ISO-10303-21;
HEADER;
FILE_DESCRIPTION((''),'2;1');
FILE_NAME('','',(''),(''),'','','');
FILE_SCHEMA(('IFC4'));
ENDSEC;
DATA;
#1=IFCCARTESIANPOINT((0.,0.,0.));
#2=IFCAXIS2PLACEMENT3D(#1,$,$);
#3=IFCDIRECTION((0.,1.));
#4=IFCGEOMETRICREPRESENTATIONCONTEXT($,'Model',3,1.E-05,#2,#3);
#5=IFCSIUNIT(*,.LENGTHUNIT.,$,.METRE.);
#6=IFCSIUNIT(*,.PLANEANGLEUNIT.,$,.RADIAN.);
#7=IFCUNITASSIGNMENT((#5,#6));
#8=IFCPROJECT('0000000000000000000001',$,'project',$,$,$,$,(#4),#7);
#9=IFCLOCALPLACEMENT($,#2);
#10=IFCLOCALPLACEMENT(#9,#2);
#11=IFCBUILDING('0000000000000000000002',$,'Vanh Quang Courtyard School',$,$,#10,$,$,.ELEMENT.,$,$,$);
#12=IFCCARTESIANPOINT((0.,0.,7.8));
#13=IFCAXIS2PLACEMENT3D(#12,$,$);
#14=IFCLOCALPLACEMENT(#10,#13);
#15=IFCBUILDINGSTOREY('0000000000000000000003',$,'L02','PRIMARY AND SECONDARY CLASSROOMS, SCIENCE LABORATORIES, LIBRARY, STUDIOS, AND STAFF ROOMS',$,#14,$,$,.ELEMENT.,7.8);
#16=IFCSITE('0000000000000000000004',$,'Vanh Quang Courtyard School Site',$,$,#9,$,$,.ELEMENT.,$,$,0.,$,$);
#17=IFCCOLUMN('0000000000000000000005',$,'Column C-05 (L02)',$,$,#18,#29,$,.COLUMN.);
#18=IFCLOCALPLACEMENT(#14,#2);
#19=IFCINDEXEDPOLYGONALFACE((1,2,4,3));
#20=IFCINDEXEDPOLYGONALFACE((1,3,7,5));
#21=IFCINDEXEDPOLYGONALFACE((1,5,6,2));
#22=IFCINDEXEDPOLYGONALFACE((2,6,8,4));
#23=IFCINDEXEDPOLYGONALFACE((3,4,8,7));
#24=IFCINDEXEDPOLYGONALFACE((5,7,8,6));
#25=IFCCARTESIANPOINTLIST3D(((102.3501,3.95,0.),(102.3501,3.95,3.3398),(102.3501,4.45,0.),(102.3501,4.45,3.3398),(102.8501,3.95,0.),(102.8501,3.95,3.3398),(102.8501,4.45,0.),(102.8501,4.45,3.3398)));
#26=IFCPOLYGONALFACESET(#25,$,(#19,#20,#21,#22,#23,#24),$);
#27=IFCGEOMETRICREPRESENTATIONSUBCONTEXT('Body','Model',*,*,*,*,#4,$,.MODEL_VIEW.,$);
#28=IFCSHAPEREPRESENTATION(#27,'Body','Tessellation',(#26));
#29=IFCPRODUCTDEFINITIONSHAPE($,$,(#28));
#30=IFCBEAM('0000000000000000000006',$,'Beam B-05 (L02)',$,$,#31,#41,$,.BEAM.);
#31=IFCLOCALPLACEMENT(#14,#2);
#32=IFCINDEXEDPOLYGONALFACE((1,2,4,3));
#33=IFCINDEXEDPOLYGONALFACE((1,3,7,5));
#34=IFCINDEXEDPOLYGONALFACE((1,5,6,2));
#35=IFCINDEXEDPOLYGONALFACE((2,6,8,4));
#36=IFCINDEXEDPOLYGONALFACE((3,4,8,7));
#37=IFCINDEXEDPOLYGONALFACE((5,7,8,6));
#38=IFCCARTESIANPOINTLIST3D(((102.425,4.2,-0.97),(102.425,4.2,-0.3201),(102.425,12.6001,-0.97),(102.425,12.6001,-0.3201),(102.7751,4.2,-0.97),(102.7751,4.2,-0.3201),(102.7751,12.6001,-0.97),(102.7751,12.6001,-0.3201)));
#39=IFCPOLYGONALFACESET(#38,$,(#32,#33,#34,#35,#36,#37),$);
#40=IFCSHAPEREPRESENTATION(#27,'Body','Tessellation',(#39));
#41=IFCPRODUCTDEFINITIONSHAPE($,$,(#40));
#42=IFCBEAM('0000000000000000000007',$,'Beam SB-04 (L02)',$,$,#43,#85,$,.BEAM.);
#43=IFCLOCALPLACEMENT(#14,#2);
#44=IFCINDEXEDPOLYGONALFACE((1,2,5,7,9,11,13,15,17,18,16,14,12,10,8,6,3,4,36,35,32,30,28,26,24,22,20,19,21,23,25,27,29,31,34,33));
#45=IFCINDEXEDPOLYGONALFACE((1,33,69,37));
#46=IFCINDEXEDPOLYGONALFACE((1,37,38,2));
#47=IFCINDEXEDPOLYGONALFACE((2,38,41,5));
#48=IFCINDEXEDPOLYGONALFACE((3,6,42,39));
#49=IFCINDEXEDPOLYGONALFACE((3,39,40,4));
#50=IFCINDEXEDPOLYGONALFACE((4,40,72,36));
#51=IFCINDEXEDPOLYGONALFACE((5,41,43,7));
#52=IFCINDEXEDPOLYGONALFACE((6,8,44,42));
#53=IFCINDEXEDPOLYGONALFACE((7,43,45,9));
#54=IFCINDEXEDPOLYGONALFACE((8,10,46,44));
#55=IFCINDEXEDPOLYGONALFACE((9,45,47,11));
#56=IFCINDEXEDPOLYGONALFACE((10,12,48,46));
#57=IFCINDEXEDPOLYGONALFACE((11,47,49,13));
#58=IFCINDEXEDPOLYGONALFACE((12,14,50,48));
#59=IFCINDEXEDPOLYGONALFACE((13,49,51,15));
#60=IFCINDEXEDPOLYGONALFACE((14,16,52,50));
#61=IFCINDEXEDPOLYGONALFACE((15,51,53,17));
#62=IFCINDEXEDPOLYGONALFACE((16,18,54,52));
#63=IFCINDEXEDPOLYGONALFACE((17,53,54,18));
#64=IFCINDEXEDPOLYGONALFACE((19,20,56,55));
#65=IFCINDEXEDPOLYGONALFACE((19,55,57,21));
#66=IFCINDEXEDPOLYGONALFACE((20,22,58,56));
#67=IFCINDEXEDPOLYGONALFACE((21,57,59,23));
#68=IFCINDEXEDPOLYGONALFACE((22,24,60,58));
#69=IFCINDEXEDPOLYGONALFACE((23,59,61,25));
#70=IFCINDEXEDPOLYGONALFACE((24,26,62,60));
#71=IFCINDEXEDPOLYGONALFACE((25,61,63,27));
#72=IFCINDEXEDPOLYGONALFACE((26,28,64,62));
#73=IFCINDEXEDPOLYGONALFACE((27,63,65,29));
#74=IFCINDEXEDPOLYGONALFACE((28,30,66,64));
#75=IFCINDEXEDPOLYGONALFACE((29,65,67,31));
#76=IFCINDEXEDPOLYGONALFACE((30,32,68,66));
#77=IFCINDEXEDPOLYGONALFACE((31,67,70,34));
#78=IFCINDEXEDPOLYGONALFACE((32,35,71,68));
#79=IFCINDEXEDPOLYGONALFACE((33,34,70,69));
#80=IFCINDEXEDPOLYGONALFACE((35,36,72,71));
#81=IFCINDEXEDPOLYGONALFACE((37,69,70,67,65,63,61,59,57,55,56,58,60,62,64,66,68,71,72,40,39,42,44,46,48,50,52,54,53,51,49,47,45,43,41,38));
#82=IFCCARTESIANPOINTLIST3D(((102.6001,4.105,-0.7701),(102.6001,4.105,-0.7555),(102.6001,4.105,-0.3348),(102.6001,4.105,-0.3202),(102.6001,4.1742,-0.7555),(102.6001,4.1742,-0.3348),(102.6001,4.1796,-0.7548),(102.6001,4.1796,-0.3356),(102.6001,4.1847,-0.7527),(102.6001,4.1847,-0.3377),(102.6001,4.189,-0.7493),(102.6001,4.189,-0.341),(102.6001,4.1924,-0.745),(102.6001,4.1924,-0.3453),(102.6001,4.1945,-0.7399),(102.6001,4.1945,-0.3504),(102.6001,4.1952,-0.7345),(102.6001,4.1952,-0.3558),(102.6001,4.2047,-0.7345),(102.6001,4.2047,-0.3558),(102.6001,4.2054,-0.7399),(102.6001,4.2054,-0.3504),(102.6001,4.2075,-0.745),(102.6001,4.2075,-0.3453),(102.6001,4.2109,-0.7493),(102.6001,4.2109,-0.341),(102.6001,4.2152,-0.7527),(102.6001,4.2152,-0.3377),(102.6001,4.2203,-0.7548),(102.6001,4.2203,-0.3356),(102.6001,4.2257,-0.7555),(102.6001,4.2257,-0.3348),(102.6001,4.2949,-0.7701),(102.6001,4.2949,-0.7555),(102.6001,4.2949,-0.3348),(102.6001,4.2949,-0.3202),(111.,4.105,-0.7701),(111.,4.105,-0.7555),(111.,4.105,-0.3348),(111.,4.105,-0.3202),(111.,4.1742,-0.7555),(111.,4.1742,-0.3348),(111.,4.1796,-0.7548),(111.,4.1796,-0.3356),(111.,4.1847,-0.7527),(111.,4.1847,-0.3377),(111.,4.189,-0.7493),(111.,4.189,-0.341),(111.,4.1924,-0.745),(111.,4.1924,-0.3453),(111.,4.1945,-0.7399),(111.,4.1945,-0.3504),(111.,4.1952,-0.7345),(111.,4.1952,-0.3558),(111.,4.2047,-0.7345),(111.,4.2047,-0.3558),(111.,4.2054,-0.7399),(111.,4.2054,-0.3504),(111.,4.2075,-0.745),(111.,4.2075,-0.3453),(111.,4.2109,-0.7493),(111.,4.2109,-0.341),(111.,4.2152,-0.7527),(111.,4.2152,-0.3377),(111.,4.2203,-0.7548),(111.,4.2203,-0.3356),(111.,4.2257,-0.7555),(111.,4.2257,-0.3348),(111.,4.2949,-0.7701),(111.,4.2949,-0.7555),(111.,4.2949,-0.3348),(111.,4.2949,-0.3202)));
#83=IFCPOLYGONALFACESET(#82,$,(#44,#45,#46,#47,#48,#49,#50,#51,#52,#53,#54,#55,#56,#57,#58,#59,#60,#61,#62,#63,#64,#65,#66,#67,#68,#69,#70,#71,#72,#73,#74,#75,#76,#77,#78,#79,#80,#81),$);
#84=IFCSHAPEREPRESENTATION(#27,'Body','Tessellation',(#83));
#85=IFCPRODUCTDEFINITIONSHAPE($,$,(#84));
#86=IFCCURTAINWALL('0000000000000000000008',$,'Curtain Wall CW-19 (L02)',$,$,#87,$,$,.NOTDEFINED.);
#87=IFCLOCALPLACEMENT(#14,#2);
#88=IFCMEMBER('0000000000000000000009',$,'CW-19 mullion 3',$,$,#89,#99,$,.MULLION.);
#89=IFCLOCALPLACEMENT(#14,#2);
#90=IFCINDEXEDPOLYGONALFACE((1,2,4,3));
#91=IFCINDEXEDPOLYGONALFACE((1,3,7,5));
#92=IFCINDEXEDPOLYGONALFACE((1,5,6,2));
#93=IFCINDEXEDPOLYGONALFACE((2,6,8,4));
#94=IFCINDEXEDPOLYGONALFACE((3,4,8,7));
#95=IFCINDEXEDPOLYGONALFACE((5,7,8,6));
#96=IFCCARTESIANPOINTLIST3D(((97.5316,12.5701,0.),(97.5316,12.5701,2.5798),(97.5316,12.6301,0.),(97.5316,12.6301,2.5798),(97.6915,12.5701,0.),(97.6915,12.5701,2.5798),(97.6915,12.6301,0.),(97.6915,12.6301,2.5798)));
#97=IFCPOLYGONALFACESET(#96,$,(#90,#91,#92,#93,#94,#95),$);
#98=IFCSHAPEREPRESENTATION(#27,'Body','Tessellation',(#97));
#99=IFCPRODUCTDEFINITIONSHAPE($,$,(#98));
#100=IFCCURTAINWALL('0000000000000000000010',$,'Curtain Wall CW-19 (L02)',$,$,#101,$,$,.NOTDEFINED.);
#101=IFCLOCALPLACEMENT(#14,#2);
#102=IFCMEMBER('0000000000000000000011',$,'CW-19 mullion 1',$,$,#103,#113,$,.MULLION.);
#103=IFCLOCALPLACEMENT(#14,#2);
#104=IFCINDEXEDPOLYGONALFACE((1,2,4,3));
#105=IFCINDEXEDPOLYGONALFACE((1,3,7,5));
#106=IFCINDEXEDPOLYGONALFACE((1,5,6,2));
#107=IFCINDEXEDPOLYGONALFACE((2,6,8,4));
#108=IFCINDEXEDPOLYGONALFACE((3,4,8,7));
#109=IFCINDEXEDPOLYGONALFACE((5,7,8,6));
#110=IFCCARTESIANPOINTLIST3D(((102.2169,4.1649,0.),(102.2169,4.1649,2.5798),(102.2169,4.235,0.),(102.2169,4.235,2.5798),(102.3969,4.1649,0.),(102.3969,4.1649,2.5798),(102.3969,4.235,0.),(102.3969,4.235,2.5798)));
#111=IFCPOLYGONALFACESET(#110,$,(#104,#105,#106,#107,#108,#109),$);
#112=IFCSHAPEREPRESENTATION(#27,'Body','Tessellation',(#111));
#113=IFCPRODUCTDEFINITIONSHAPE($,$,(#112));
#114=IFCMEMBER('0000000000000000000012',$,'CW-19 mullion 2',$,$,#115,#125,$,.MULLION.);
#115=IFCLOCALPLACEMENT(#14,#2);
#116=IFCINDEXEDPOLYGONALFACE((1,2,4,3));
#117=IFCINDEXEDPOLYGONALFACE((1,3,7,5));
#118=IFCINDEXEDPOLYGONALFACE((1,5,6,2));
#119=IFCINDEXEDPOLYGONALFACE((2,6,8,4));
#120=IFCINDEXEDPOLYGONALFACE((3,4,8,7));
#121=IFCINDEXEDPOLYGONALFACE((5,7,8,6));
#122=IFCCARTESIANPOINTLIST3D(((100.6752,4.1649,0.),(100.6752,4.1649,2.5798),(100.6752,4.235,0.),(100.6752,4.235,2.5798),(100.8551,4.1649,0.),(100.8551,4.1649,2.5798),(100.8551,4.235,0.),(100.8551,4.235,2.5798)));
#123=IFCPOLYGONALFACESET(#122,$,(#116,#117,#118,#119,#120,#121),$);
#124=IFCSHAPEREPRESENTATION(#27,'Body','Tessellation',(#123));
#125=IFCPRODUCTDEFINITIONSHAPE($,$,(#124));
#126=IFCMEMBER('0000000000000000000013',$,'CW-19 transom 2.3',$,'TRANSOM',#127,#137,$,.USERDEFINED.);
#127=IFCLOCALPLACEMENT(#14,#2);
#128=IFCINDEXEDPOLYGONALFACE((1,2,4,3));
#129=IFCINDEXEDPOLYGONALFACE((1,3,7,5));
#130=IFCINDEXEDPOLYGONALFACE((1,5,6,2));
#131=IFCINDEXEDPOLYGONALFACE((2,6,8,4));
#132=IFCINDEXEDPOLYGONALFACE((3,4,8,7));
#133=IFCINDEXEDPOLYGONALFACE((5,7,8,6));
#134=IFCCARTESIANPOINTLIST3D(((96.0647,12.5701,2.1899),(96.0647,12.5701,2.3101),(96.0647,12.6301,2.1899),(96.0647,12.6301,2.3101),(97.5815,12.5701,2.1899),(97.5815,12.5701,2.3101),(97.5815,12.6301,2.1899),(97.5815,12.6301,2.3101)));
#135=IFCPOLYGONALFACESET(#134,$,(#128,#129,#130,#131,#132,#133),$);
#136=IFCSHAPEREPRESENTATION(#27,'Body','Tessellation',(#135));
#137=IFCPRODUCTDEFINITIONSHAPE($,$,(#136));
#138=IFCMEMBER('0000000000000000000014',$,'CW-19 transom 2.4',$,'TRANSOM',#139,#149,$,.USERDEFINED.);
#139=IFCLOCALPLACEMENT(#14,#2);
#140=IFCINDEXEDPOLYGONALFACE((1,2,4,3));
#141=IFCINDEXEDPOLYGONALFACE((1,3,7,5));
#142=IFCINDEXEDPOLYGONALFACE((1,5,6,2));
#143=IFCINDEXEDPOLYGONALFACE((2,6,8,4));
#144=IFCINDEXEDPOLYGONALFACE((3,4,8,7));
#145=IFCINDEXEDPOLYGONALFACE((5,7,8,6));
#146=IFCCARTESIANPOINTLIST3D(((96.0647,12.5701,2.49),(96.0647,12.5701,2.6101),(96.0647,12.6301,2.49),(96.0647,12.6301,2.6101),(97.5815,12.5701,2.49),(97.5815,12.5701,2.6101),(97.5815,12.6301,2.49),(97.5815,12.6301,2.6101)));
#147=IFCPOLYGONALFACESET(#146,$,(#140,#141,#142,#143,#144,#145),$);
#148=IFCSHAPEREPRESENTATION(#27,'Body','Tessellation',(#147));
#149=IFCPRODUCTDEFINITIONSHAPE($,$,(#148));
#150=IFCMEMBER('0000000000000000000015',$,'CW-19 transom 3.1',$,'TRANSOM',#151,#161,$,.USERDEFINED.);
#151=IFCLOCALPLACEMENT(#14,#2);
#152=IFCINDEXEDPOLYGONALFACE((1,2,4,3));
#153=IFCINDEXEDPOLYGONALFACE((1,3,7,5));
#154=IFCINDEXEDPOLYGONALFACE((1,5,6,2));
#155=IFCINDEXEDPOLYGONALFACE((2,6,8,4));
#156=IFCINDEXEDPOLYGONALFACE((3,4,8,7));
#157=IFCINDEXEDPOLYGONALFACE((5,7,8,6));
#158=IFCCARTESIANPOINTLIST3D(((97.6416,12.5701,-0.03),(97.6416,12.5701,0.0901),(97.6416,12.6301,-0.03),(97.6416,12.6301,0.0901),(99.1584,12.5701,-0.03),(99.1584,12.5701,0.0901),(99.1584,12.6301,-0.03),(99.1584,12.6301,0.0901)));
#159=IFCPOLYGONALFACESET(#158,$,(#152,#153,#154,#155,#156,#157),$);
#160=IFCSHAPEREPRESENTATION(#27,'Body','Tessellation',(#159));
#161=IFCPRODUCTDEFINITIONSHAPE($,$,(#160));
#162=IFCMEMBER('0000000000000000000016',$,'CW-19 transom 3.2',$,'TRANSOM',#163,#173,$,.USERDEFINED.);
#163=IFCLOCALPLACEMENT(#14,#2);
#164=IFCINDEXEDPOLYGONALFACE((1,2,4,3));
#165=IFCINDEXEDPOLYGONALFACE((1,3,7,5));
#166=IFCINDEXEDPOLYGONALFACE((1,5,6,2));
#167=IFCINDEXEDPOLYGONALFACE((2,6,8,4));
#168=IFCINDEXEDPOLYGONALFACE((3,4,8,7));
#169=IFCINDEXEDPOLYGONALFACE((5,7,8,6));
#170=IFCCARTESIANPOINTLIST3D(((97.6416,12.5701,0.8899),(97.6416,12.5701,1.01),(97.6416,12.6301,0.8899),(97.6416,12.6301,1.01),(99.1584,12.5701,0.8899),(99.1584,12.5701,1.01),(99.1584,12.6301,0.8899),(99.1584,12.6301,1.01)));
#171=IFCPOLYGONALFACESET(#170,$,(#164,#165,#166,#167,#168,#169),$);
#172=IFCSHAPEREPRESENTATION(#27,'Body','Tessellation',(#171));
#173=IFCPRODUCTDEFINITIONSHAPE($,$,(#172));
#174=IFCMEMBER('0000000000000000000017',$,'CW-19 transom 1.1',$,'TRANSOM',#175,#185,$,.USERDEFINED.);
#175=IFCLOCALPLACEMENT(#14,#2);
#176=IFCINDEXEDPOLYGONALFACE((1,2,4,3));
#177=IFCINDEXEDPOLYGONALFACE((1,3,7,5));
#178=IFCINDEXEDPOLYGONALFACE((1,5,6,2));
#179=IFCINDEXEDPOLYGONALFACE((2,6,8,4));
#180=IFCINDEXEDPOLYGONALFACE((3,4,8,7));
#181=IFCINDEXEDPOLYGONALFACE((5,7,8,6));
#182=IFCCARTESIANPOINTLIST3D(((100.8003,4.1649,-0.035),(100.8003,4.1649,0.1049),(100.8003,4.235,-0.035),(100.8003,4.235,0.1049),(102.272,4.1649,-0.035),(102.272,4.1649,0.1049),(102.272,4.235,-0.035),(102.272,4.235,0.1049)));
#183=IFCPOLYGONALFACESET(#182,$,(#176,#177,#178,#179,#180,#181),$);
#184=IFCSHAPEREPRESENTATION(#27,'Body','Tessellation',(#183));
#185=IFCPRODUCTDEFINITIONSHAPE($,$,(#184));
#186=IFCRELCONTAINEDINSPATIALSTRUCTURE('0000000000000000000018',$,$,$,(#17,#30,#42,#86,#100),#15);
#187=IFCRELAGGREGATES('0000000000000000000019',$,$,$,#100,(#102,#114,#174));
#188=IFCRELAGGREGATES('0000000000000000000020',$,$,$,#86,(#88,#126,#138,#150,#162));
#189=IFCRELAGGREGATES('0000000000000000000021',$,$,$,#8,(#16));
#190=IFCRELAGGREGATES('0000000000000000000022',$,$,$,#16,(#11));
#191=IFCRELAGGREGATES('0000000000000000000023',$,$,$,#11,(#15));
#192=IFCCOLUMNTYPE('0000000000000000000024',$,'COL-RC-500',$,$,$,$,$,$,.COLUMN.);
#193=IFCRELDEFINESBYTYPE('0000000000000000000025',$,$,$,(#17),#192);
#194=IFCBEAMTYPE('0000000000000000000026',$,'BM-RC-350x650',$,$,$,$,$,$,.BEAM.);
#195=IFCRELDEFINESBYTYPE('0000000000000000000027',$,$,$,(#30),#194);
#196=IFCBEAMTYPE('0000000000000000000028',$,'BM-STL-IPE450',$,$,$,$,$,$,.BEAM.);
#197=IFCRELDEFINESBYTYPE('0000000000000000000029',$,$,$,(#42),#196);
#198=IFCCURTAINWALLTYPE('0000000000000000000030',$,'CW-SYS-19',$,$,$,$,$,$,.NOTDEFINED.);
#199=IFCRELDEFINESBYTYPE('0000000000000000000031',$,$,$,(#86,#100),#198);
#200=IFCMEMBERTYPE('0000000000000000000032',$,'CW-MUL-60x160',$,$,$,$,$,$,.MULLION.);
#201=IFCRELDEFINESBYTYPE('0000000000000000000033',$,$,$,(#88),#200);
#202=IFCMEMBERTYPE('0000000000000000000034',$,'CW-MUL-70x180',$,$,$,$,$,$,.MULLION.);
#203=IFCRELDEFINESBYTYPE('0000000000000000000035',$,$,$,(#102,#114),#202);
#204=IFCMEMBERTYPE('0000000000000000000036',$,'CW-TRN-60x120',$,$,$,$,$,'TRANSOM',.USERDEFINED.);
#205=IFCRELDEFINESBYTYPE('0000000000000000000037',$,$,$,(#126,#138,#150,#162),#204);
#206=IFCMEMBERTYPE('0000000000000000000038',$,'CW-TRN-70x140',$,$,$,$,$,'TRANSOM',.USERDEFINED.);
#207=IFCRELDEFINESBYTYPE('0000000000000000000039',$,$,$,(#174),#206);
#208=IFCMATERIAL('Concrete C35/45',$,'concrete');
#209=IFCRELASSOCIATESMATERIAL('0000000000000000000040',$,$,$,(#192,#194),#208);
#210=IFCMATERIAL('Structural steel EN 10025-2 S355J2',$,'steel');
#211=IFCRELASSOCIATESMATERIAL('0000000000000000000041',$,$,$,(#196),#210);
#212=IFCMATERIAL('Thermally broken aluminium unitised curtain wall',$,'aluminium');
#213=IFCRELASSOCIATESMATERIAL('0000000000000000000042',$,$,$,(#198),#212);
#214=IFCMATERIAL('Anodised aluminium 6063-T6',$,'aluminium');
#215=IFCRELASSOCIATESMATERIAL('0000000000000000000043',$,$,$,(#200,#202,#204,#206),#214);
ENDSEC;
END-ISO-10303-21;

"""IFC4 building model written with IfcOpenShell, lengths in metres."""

from ifc_helpers import new_model, si_unit, direction, frame, origin, origin_2d, place, context, subcontext, project, spatial, rectangle, i_section, extrude, material, material_profile, profile_set, type_object, element, aggregate, save


model = new_model("IFC4")

# Units and contexts
model_context = context("Model", 3, precision=1e-05, world=origin(), true_north=direction((0.0, 1.0)))
body_context = subcontext(model_context, "Body", "Model", "MODEL_VIEW")
ifc_project = project(units=[si_unit("LENGTHUNIT", "METRE"), si_unit("PLANEANGLEUNIT", "RADIAN")], contexts=[model_context])

# Site, building, storey
site_placement = place(None, origin())
site = spatial("IfcSite", under=ifc_project, at=site_placement, Name="Vanh Quang Courtyard School Site", CompositionType="ELEMENT", RefElevation=0.0)
building_placement = place(site_placement, origin())
building = spatial("IfcBuilding", under=site, at=building_placement, Name="Vanh Quang Courtyard School", CompositionType="ELEMENT")
storey_placement = place(building_placement, frame((0.0, 0.0, 7.8)))
storey = spatial("IfcBuildingStorey", under=building, at=storey_placement, Name="L02", Description="PRIMARY AND SECONDARY CLASSROOMS, SCIENCE LABORATORIES, LIBRARY, STUDIOS, AND STAFF ROOMS", CompositionType="ELEMENT", Elevation=7.8)

# Column
ifc_material_1 = material(Name="Concrete C35/45", Category="concrete")
ifc_material_profile_1 = material_profile(ifc_material_1, rectangle(XDim=0.5, YDim=0.5, at=origin_2d()), Name="RC-COL 500x500")
ifc_profile_set_1 = profile_set([ifc_material_profile_1], Name="Concrete C35/45")
column_type = type_object("IfcColumnType", Name="COL-RC-500", PredefinedType="COLUMN", material=ifc_profile_set_1)
column_placement = place(storey_placement, frame((102.6001, 4.2, 0.0), z_axis=(0.0, 0.0, 1.0), x_axis=(1.0, 0.0, 0.0)))
element("IfcColumn", 1, at=column_placement, inside=storey, type_object=column_type, Name="Column C-05 (L02)", PredefinedType="COLUMN", context=body_context, shape_type="SweptSolid", body=[
    extrude(rectangle(XDim=0.5, YDim=0.5, at=origin_2d()), origin(), (0.0, 0.0, 1.0), 3.3398),
])

# Beams
ifc_material_profile_2 = material_profile(ifc_material_1, rectangle(XDim=0.3501, YDim=0.6499, at=origin_2d()), Name="RC-BM 350x650")
ifc_profile_set_2 = profile_set([ifc_material_profile_2], Name="Concrete C35/45")
beam_type_1 = type_object("IfcBeamType", Name="BM-RC-350x650", PredefinedType="BEAM", material=ifc_profile_set_2)
beam_1_placement = place(storey_placement, frame((102.6001, 4.2, -0.645), z_axis=(0.0, 1.0, 0.0), x_axis=(-1.0, 0.0, 0.0)))
element("IfcBeam", 2, at=beam_1_placement, inside=storey, type_object=beam_type_1, Name="Beam B-05 (L02)", PredefinedType="BEAM", context=body_context, shape_type="SweptSolid", body=[
    extrude(rectangle(XDim=0.3501, YDim=0.6499, at=origin_2d()), origin(), (0.0, 0.0, 1.0), 8.4001),
])
ifc_material_2 = material(Name="Structural steel EN 10025-2 S355J2", Category="steel")
ifc_material_profile_3 = material_profile(ifc_material_2, i_section(OverallWidth=0.1899, OverallDepth=0.45, WebThickness=0.0095, FlangeThickness=0.0146, FilletRadius=0.021, at=origin_2d()), Name="IPE 450")
ifc_profile_set_3 = profile_set([ifc_material_profile_3], Name="Structural steel EN 10025-2 S355J2")
beam_type_2 = type_object("IfcBeamType", Name="BM-STL-IPE450", PredefinedType="BEAM", material=ifc_profile_set_3)
beam_2_placement = place(storey_placement, frame((102.6001, 4.2, -0.5452), z_axis=(1.0, 0.0, 0.0), x_axis=(0.0, 1.0, 0.0)))
element("IfcBeam", 3, at=beam_2_placement, inside=storey, type_object=beam_type_2, Name="Beam SB-04 (L02)", PredefinedType="BEAM", context=body_context, shape_type="SweptSolid", body=[
    extrude(i_section(OverallWidth=0.1899, OverallDepth=0.45, WebThickness=0.0095, FlangeThickness=0.0146, FilletRadius=0.021, at=origin_2d()), origin(), (0.0, 0.0, 1.0), 8.3999),
])

# Curtain wall, member
ifc_material_3 = material(Name="Thermally broken aluminium unitised curtain wall", Category="aluminium")
curtain_wall_type = type_object("IfcCurtainWallType", Name="CW-SYS-19", PredefinedType="NOTDEFINED", material=ifc_material_3)
curtain_wall_1_placement = place(storey_placement, origin())
curtain_wall_1 = element("IfcCurtainWall", 4, at=curtain_wall_1_placement, inside=storey, type_object=curtain_wall_type, Name="Curtain Wall CW-19 (L02)", PredefinedType="NOTDEFINED")
ifc_material_4 = material(Name="Anodised aluminium 6063-T6", Category="aluminium")
ifc_material_profile_4 = material_profile(ifc_material_4, rectangle(XDim=0.0601, YDim=0.1599, at=origin_2d()), Name="ALU-MUL 60x160")
ifc_profile_set_4 = profile_set([ifc_material_profile_4], Name="Anodised aluminium 6063-T6")
member_type_1 = type_object("IfcMemberType", Name="CW-MUL-60x160", PredefinedType="MULLION", material=ifc_profile_set_4)
member_1_placement = place(storey_placement, frame((97.6116, 12.6001, 0.0), z_axis=(0.0, 0.0, 1.0), x_axis=(0.0, 1.0, 0.0)))
member_1 = element("IfcMember", 5, at=member_1_placement, type_object=member_type_1, Name="CW-19 mullion 3", PredefinedType="MULLION", context=body_context, shape_type="SweptSolid", body=[
    extrude(rectangle(XDim=0.0601, YDim=0.1599, at=origin_2d()), origin(), (0.0, 0.0, 1.0), 2.5798),
])

# Curtain wall, members
curtain_wall_2_placement = place(storey_placement, origin())
curtain_wall_2 = element("IfcCurtainWall", 6, at=curtain_wall_2_placement, inside=storey, type_object=curtain_wall_type, Name="Curtain Wall CW-19 (L02)", PredefinedType="NOTDEFINED")
ifc_material_profile_5 = material_profile(ifc_material_4, rectangle(XDim=0.0701, YDim=0.1799, at=origin_2d()), Name="ALU-MUL 70x180")
ifc_profile_set_5 = profile_set([ifc_material_profile_5], Name="Anodised aluminium 6063-T6")
member_type_2 = type_object("IfcMemberType", Name="CW-MUL-70x180", PredefinedType="MULLION", material=ifc_profile_set_5)
member_2_placement = place(storey_placement, frame((102.3069, 4.2, 0.0), z_axis=(0.0, 0.0, 1.0), x_axis=(0.0, -1.0, 0.0)))
member_2 = element("IfcMember", 7, at=member_2_placement, type_object=member_type_2, Name="CW-19 mullion 1", PredefinedType="MULLION", context=body_context, shape_type="SweptSolid", body=[
    extrude(rectangle(XDim=0.0701, YDim=0.1799, at=origin_2d()), origin(), (0.0, 0.0, 1.0), 2.5798),
])
member_3_placement = place(storey_placement, frame((100.7651, 4.2, 0.0), z_axis=(0.0, 0.0, 1.0), x_axis=(0.0, -1.0, 0.0)))
member_3 = element("IfcMember", 8, at=member_3_placement, type_object=member_type_2, Name="CW-19 mullion 2", PredefinedType="MULLION", context=body_context, shape_type="SweptSolid", body=[
    extrude(rectangle(XDim=0.0701, YDim=0.1799, at=origin_2d()), origin(), (0.0, 0.0, 1.0), 2.5798),
])

# Members
ifc_material_profile_6 = material_profile(ifc_material_4, rectangle(XDim=0.0601, YDim=0.1201, at=origin_2d()), Name="ALU-TRN 60x120")
ifc_profile_set_6 = profile_set([ifc_material_profile_6], Name="Anodised aluminium 6063-T6")
member_type_3 = type_object("IfcMemberType", Name="CW-TRN-60x120", ElementType="TRANSOM", PredefinedType="USERDEFINED", material=ifc_profile_set_6)
member_4_placement = place(storey_placement, frame((96.0647, 12.6001, 2.25), z_axis=(1.0, 0.0, 0.0), x_axis=(0.0, 1.0, 0.0)))
member_4 = element("IfcMember", 9, at=member_4_placement, type_object=member_type_3, Name="CW-19 transom 2.3", ObjectType="TRANSOM", PredefinedType="USERDEFINED", context=body_context, shape_type="SweptSolid", body=[
    extrude(rectangle(XDim=0.0601, YDim=0.1201, at=origin_2d()), origin(), (0.0, 0.0, 1.0), 1.5168),
])
member_5_placement = place(storey_placement, frame((96.0647, 12.6001, 2.55), z_axis=(1.0, 0.0, 0.0), x_axis=(0.0, 1.0, 0.0)))
member_5 = element("IfcMember", 10, at=member_5_placement, type_object=member_type_3, Name="CW-19 transom 2.4", ObjectType="TRANSOM", PredefinedType="USERDEFINED", context=body_context, shape_type="SweptSolid", body=[
    extrude(rectangle(XDim=0.0601, YDim=0.1201, at=origin_2d()), origin(), (0.0, 0.0, 1.0), 1.5168),
])
member_6_placement = place(storey_placement, frame((97.6416, 12.6001, 0.03), z_axis=(1.0, 0.0, 0.0), x_axis=(0.0, 1.0, 0.0)))
member_6 = element("IfcMember", 11, at=member_6_placement, type_object=member_type_3, Name="CW-19 transom 3.1", ObjectType="TRANSOM", PredefinedType="USERDEFINED", context=body_context, shape_type="SweptSolid", body=[
    extrude(rectangle(XDim=0.0601, YDim=0.1201, at=origin_2d()), origin(), (0.0, 0.0, 1.0), 1.5168),
])
member_7_placement = place(storey_placement, frame((97.6416, 12.6001, 0.95), z_axis=(1.0, 0.0, 0.0), x_axis=(0.0, 1.0, 0.0)))
member_7 = element("IfcMember", 12, at=member_7_placement, type_object=member_type_3, Name="CW-19 transom 3.2", ObjectType="TRANSOM", PredefinedType="USERDEFINED", context=body_context, shape_type="SweptSolid", body=[
    extrude(rectangle(XDim=0.0601, YDim=0.1201, at=origin_2d()), origin(), (0.0, 0.0, 1.0), 1.5168),
])
ifc_material_profile_7 = material_profile(ifc_material_4, rectangle(XDim=0.0701, YDim=0.1399, at=origin_2d()), Name="ALU-TRN 70x140")
ifc_profile_set_7 = profile_set([ifc_material_profile_7], Name="Anodised aluminium 6063-T6")
member_type_4 = type_object("IfcMemberType", Name="CW-TRN-70x140", ElementType="TRANSOM", PredefinedType="USERDEFINED", material=ifc_profile_set_7)
member_8_placement = place(storey_placement, frame((102.272, 4.2, 0.0349), z_axis=(-1.0, 0.0, 0.0), x_axis=(0.0, -1.0, 0.0)))
member_8 = element("IfcMember", 13, at=member_8_placement, type_object=member_type_4, Name="CW-19 transom 1.1", ObjectType="TRANSOM", PredefinedType="USERDEFINED", context=body_context, shape_type="SweptSolid", body=[
    extrude(rectangle(XDim=0.0701, YDim=0.1399, at=origin_2d()), origin(), (0.0, 0.0, 1.0), 1.4717),
])

aggregate(curtain_wall_2, [member_2, member_3, member_8])
aggregate(curtain_wall_1, [member_1, member_4, member_5, member_6, member_7])

save(model, "model.ifc")
